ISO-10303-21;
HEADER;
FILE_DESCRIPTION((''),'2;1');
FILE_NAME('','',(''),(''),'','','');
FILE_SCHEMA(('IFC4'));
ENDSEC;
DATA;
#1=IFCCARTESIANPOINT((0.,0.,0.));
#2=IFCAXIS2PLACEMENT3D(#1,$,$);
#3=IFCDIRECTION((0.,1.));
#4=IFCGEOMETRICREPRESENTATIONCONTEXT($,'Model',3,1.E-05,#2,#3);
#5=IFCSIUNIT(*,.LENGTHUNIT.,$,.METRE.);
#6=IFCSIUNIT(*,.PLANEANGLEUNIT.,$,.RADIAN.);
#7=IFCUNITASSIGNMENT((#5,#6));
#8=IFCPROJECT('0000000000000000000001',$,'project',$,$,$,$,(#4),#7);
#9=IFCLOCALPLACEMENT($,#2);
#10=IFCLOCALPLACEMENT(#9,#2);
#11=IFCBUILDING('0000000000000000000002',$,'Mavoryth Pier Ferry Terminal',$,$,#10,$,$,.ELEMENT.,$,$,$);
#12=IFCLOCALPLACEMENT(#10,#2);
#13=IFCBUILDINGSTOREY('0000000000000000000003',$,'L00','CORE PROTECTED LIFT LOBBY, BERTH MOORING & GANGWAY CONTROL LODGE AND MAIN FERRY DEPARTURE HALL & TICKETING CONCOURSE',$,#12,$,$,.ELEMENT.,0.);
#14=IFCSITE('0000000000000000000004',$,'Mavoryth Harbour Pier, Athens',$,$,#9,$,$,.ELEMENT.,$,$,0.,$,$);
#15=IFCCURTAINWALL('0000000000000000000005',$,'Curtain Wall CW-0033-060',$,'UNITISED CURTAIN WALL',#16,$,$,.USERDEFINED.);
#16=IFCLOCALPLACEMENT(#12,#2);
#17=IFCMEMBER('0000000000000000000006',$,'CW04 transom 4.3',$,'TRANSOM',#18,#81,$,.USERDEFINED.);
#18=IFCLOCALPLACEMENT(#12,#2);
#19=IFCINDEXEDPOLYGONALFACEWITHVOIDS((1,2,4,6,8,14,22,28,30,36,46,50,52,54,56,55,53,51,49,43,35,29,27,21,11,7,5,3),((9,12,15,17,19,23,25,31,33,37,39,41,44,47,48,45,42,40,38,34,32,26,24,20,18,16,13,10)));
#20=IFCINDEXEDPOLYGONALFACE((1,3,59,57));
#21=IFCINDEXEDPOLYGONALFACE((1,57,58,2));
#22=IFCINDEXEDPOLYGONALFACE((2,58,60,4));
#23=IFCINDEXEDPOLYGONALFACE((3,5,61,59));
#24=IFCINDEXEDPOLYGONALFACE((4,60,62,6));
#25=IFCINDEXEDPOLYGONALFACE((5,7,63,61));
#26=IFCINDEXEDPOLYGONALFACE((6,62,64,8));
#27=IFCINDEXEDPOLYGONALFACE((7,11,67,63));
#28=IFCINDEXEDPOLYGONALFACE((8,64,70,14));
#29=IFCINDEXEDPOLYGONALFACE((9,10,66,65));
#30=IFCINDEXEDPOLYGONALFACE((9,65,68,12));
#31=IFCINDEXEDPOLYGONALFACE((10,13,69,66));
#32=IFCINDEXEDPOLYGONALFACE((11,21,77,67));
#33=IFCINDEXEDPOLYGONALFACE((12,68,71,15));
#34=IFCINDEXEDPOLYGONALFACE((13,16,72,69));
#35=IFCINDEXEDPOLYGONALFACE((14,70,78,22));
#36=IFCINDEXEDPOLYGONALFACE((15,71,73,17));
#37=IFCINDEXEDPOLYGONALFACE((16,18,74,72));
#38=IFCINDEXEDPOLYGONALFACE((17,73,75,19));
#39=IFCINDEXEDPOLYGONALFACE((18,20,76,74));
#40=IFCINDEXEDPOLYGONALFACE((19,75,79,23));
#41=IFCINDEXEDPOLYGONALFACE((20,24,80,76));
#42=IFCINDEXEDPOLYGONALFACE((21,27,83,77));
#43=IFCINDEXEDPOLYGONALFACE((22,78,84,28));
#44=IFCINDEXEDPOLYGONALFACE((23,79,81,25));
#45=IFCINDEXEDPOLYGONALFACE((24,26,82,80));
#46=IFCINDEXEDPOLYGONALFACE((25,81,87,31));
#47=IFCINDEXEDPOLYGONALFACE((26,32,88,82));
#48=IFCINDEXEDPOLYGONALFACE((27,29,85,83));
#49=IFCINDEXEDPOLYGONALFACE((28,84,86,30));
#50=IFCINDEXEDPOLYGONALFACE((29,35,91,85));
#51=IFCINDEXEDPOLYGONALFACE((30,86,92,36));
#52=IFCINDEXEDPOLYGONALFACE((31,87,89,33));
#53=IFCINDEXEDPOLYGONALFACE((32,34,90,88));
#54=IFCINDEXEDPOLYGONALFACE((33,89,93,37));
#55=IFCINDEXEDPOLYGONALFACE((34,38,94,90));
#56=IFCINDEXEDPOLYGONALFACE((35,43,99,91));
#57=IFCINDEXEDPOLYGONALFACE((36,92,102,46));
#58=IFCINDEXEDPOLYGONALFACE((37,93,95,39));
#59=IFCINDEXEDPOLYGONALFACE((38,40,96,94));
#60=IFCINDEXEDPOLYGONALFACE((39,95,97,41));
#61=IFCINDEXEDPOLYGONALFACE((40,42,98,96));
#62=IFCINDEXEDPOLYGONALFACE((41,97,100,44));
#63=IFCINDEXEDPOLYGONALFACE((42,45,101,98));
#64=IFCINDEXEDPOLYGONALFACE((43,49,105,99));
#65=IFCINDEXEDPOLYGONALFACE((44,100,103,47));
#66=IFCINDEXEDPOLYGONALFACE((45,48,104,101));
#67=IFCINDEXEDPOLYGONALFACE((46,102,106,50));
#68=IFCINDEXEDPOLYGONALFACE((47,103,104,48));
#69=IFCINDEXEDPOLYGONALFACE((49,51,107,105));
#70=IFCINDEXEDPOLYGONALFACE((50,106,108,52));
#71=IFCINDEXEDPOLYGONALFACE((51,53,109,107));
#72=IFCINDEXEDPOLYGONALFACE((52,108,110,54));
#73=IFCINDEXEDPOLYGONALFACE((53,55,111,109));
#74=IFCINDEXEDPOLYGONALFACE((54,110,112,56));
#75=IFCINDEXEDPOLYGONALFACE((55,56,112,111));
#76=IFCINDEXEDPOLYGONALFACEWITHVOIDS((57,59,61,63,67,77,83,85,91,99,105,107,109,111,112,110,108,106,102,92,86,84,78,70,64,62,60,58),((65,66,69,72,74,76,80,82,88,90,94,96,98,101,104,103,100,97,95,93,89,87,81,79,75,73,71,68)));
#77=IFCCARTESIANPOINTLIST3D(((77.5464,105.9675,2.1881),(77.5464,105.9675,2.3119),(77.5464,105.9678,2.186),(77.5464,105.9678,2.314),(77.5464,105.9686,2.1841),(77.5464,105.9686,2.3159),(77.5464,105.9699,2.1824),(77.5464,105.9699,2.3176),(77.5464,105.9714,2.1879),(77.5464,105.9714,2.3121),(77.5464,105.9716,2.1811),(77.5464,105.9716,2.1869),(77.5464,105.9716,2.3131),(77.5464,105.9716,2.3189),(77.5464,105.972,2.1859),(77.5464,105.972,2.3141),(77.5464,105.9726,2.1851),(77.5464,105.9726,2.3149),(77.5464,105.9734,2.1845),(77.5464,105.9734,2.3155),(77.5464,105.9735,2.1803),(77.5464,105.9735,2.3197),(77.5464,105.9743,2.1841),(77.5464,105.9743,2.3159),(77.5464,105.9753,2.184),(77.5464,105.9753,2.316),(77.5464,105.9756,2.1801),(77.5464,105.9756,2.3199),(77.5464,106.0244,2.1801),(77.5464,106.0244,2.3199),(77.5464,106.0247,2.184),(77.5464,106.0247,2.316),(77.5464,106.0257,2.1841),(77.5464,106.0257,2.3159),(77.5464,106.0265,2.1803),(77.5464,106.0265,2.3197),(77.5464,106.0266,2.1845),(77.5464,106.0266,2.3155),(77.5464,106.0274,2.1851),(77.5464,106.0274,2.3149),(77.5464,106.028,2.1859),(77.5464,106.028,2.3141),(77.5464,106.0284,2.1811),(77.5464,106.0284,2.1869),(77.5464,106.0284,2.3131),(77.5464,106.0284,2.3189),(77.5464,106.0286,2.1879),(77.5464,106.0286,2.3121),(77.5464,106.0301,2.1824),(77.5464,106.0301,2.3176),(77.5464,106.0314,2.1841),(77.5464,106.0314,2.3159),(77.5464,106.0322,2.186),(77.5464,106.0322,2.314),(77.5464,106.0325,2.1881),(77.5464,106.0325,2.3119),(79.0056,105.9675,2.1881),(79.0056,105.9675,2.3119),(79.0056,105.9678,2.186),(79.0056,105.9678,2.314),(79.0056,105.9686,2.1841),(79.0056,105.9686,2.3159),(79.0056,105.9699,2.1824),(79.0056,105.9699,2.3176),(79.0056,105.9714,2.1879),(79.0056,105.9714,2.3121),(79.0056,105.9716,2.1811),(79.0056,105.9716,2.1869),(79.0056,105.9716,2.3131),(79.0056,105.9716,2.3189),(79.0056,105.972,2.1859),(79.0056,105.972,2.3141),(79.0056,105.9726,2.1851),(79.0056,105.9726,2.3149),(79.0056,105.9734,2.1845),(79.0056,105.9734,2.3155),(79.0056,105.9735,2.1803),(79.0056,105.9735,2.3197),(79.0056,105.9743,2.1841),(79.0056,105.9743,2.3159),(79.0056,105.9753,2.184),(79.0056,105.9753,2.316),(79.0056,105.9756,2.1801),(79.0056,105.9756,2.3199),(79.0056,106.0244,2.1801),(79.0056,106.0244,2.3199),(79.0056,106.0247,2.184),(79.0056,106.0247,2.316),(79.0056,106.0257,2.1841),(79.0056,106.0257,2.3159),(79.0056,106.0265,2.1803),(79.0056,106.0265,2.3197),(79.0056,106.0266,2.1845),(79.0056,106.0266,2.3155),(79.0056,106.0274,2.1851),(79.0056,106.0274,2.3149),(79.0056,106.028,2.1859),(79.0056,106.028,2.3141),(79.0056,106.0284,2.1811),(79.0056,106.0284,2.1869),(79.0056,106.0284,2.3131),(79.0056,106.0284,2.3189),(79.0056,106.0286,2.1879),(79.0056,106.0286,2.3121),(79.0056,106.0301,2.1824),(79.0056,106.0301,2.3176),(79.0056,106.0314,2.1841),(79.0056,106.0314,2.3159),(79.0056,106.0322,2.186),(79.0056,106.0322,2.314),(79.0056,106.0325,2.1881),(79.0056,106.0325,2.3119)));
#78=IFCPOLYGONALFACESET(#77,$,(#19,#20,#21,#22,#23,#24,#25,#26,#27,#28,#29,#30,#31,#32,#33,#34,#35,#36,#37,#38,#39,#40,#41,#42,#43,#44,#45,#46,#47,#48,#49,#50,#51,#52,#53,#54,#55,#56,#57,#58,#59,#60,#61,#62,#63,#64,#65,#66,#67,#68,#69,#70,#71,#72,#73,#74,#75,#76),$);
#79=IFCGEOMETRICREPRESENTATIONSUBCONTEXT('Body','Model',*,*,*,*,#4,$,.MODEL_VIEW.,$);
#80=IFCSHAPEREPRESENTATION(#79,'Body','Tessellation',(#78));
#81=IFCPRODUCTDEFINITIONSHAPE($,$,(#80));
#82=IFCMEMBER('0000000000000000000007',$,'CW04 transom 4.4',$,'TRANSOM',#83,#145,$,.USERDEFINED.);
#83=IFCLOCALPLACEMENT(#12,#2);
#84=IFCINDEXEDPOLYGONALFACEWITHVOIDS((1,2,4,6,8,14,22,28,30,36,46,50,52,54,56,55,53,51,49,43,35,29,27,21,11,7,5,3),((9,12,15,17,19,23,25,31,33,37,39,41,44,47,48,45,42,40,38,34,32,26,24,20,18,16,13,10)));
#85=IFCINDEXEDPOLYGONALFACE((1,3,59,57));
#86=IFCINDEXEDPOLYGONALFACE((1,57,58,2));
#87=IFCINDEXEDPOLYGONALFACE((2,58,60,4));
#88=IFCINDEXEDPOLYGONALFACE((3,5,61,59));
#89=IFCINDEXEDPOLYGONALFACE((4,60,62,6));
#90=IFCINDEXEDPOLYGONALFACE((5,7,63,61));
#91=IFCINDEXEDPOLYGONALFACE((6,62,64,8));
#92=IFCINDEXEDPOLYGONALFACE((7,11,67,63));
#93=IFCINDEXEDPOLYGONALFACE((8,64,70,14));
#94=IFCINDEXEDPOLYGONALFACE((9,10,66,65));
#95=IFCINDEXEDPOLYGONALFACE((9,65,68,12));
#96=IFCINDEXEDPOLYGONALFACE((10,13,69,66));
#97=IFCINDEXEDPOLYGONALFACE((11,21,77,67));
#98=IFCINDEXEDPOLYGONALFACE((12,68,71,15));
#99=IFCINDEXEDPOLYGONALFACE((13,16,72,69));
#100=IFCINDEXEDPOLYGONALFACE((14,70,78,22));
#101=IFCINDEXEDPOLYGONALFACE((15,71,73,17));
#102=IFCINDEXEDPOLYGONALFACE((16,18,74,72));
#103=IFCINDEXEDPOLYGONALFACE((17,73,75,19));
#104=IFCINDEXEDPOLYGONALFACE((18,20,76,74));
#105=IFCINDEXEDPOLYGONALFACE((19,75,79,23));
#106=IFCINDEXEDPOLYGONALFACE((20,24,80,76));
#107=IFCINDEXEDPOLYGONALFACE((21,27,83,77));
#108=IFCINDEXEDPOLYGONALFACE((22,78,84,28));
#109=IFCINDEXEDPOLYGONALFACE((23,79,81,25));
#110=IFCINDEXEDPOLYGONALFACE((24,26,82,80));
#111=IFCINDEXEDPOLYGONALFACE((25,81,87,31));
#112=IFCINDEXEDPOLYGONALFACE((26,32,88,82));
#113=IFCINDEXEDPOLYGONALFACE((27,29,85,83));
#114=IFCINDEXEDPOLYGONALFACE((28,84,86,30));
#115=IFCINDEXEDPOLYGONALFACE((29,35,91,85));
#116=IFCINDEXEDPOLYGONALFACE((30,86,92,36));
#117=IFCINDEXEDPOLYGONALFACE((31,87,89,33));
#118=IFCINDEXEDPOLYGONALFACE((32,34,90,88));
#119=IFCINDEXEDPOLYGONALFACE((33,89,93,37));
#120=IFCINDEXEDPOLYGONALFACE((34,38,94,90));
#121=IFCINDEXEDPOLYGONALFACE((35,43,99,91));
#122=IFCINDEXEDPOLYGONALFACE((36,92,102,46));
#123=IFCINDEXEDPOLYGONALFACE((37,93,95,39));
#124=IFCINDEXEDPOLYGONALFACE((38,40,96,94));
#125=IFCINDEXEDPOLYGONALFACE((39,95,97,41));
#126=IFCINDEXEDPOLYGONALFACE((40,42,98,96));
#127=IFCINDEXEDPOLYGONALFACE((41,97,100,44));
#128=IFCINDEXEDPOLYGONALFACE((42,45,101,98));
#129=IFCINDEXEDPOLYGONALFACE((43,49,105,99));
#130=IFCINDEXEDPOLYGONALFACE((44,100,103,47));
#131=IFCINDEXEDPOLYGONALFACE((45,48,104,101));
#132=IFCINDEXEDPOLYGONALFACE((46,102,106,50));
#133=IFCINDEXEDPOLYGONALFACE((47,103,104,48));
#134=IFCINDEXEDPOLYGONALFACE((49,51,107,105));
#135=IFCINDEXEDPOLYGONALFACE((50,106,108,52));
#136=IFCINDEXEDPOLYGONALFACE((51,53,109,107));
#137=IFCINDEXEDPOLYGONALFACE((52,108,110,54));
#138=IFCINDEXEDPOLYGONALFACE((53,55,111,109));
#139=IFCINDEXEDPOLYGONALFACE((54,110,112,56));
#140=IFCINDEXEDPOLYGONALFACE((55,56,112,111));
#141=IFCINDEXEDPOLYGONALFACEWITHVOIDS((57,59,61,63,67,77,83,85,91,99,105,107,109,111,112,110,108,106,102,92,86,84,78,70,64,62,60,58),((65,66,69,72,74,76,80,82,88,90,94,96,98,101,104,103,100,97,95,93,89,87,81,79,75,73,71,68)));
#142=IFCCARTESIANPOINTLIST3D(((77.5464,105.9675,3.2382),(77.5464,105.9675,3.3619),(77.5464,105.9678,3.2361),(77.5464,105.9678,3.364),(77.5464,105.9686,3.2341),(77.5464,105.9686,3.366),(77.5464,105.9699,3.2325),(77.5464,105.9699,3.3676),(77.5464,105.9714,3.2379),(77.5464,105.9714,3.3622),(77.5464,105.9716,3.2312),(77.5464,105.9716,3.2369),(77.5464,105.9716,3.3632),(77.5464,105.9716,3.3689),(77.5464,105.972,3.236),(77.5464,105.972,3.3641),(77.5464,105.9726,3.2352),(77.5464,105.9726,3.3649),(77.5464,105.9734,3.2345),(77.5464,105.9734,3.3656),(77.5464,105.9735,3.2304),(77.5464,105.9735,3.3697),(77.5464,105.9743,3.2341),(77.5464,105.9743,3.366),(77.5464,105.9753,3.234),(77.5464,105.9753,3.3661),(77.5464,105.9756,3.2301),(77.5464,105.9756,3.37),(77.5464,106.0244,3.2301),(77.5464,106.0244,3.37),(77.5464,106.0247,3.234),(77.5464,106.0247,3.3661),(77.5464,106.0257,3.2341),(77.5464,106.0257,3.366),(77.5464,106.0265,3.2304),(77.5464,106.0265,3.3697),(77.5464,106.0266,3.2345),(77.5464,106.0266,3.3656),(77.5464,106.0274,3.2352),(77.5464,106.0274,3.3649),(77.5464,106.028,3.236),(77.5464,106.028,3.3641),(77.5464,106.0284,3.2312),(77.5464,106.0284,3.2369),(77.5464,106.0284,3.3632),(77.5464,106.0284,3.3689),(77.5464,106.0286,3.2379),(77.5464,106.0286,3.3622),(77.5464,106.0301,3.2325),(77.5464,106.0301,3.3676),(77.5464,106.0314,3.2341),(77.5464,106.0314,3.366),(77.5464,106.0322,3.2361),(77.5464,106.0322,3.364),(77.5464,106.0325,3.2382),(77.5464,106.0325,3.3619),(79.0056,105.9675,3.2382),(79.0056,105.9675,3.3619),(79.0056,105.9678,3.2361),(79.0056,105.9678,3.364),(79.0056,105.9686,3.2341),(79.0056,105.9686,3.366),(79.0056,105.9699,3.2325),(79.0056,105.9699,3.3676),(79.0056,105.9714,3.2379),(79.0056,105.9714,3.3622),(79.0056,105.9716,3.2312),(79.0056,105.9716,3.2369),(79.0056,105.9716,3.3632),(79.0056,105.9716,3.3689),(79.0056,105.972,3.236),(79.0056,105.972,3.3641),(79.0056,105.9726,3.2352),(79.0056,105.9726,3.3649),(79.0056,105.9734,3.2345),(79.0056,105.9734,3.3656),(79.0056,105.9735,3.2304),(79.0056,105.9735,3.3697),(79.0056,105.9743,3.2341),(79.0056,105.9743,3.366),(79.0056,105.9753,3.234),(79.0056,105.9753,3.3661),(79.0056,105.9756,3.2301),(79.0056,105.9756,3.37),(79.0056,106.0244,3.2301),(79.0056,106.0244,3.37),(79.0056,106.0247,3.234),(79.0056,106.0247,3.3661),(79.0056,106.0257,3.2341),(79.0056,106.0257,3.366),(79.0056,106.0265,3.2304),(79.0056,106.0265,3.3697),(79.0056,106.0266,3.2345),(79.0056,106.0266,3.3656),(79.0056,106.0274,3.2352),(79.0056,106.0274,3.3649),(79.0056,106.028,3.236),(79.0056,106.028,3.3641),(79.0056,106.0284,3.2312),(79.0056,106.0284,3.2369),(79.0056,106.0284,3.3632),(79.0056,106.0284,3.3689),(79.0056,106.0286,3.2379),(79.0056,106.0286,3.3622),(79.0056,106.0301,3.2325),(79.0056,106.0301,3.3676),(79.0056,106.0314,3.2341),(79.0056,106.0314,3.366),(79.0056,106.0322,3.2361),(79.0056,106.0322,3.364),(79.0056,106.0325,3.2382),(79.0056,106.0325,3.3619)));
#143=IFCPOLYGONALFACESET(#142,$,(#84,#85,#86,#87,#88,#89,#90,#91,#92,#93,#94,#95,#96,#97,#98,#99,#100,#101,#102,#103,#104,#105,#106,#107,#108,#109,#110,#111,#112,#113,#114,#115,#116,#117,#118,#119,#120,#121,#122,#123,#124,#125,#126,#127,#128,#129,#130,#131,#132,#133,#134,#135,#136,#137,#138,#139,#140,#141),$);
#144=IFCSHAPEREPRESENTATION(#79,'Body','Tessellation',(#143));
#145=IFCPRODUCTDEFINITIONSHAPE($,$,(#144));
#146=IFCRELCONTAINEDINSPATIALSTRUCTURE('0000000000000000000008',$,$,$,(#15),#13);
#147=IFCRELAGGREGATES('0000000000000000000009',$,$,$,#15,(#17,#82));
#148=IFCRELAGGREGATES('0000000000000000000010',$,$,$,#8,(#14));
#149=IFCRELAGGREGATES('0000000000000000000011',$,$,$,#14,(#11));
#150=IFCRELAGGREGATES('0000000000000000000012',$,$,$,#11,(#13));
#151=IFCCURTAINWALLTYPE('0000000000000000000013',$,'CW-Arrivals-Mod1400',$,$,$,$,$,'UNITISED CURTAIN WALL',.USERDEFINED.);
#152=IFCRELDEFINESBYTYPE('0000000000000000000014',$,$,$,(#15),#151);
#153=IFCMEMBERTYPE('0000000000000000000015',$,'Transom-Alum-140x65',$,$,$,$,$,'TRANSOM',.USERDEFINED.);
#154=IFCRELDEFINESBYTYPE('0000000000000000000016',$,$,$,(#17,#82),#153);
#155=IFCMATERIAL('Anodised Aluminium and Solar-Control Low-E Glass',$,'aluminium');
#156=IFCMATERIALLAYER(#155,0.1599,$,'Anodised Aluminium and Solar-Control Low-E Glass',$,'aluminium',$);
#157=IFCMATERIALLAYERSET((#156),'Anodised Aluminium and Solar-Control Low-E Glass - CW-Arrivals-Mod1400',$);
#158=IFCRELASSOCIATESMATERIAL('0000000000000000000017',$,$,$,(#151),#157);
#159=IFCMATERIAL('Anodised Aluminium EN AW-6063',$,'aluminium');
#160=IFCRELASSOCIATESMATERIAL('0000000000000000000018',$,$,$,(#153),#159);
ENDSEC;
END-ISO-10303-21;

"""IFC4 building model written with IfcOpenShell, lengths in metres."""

from ifc_helpers import new_model, si_unit, direction, frame, origin, origin_2d, place, context, subcontext, project, spatial, hollow_rectangle, extrude, material, layer, layer_set, material_profile, profile_set, type_object, element, aggregate, save


model = new_model("IFC4")

# Units and contexts
model_context = context("Model", 3, precision=1e-05, world=origin(), true_north=direction((0.0, 1.0)))
body_context = subcontext(model_context, "Body", "Model", "MODEL_VIEW")
ifc_project = project(units=[si_unit("LENGTHUNIT", "METRE"), si_unit("PLANEANGLEUNIT", "RADIAN")], contexts=[model_context])

# Site, building, storey
site_placement = place(None, origin())
site = spatial("IfcSite", under=ifc_project, at=site_placement, Name="Mavoryth Harbour Pier, Athens", CompositionType="ELEMENT", RefElevation=0.0)
building_placement = place(site_placement, origin())
building = spatial("IfcBuilding", under=site, at=building_placement, Name="Mavoryth Pier Ferry Terminal", CompositionType="ELEMENT")
storey_placement = place(building_placement, origin())
storey = spatial("IfcBuildingStorey", under=building, at=storey_placement, Name="L00", Description="CORE PROTECTED LIFT LOBBY, BERTH MOORING & GANGWAY CONTROL LODGE AND MAIN FERRY DEPARTURE HALL & TICKETING CONCOURSE", CompositionType="ELEMENT", Elevation=0.0)

# Curtain wall, members
ifc_material_1 = material(Name="Anodised Aluminium and Solar-Control Low-E Glass", Category="aluminium")
ifc_layer_1 = layer(ifc_material_1, 0.1599, Name="Anodised Aluminium and Solar-Control Low-E Glass", Category="aluminium")
ifc_layer_set_1 = layer_set([ifc_layer_1], Name="Anodised Aluminium and Solar-Control Low-E Glass - CW-Arrivals-Mod1400")
curtain_wall_type = type_object("IfcCurtainWallType", Name="CW-Arrivals-Mod1400", ElementType="UNITISED CURTAIN WALL", PredefinedType="USERDEFINED", material=ifc_layer_set_1)
curtain_wall_placement = place(storey_placement, origin())
curtain_wall = element("IfcCurtainWall", 1, at=curtain_wall_placement, inside=storey, type_object=curtain_wall_type, Name="Curtain Wall CW-0033-060", ObjectType="UNITISED CURTAIN WALL", PredefinedType="USERDEFINED")
ifc_material_2 = material(Name="Anodised Aluminium EN AW-6063", Category="aluminium")
ifc_material_profile_1 = material_profile(ifc_material_2, hollow_rectangle(XDim=0.0649, YDim=0.1399, WallThickness=0.0039, InnerFilletRadius=0.0039, OuterFilletRadius=0.0081, at=origin_2d()), Name="AL-TRAN 140x65x4", Category="aluminium")
ifc_profile_set_1 = profile_set([ifc_material_profile_1], Name="Anodised Aluminium EN AW-6063 - AL-TRAN 140x65x4")
member_type_1 = type_object("IfcMemberType", Name="Transom-Alum-140x65", ElementType="TRANSOM", PredefinedType="USERDEFINED", material=ifc_profile_set_1)
member_1_placement = place(storey_placement, frame((79.0056, 106.0, 2.25), z_axis=(-1.0, 0.0, 0.0), x_axis=(0.0, -1.0, 0.0)))
member_1 = element("IfcMember", 2, at=member_1_placement, type_object=member_type_1, Name="CW04 transom 4.3", ObjectType="TRANSOM", PredefinedType="USERDEFINED", context=body_context, shape_type="SweptSolid", body=[
    extrude(hollow_rectangle(XDim=0.0649, YDim=0.1399, WallThickness=0.0039, InnerFilletRadius=0.0039, OuterFilletRadius=0.0081, at=origin_2d()), origin(), (0.0, 0.0, 1.0), 1.4592),
])
member_2_placement = place(storey_placement, frame((79.0056, 106.0, 3.3), z_axis=(-1.0, 0.0, 0.0), x_axis=(0.0, -1.0, 0.0)))
member_2 = element("IfcMember", 3, at=member_2_placement, type_object=member_type_1, Name="CW04 transom 4.4", ObjectType="TRANSOM", PredefinedType="USERDEFINED", context=body_context, shape_type="SweptSolid", body=[
    extrude(hollow_rectangle(XDim=0.0649, YDim=0.1399, WallThickness=0.0039, InnerFilletRadius=0.0039, OuterFilletRadius=0.0081, at=origin_2d()), origin(), (0.0, 0.0, 1.0), 1.4592),
])
aggregate(curtain_wall, [member_1, member_2])

save(model, "model.ifc")
